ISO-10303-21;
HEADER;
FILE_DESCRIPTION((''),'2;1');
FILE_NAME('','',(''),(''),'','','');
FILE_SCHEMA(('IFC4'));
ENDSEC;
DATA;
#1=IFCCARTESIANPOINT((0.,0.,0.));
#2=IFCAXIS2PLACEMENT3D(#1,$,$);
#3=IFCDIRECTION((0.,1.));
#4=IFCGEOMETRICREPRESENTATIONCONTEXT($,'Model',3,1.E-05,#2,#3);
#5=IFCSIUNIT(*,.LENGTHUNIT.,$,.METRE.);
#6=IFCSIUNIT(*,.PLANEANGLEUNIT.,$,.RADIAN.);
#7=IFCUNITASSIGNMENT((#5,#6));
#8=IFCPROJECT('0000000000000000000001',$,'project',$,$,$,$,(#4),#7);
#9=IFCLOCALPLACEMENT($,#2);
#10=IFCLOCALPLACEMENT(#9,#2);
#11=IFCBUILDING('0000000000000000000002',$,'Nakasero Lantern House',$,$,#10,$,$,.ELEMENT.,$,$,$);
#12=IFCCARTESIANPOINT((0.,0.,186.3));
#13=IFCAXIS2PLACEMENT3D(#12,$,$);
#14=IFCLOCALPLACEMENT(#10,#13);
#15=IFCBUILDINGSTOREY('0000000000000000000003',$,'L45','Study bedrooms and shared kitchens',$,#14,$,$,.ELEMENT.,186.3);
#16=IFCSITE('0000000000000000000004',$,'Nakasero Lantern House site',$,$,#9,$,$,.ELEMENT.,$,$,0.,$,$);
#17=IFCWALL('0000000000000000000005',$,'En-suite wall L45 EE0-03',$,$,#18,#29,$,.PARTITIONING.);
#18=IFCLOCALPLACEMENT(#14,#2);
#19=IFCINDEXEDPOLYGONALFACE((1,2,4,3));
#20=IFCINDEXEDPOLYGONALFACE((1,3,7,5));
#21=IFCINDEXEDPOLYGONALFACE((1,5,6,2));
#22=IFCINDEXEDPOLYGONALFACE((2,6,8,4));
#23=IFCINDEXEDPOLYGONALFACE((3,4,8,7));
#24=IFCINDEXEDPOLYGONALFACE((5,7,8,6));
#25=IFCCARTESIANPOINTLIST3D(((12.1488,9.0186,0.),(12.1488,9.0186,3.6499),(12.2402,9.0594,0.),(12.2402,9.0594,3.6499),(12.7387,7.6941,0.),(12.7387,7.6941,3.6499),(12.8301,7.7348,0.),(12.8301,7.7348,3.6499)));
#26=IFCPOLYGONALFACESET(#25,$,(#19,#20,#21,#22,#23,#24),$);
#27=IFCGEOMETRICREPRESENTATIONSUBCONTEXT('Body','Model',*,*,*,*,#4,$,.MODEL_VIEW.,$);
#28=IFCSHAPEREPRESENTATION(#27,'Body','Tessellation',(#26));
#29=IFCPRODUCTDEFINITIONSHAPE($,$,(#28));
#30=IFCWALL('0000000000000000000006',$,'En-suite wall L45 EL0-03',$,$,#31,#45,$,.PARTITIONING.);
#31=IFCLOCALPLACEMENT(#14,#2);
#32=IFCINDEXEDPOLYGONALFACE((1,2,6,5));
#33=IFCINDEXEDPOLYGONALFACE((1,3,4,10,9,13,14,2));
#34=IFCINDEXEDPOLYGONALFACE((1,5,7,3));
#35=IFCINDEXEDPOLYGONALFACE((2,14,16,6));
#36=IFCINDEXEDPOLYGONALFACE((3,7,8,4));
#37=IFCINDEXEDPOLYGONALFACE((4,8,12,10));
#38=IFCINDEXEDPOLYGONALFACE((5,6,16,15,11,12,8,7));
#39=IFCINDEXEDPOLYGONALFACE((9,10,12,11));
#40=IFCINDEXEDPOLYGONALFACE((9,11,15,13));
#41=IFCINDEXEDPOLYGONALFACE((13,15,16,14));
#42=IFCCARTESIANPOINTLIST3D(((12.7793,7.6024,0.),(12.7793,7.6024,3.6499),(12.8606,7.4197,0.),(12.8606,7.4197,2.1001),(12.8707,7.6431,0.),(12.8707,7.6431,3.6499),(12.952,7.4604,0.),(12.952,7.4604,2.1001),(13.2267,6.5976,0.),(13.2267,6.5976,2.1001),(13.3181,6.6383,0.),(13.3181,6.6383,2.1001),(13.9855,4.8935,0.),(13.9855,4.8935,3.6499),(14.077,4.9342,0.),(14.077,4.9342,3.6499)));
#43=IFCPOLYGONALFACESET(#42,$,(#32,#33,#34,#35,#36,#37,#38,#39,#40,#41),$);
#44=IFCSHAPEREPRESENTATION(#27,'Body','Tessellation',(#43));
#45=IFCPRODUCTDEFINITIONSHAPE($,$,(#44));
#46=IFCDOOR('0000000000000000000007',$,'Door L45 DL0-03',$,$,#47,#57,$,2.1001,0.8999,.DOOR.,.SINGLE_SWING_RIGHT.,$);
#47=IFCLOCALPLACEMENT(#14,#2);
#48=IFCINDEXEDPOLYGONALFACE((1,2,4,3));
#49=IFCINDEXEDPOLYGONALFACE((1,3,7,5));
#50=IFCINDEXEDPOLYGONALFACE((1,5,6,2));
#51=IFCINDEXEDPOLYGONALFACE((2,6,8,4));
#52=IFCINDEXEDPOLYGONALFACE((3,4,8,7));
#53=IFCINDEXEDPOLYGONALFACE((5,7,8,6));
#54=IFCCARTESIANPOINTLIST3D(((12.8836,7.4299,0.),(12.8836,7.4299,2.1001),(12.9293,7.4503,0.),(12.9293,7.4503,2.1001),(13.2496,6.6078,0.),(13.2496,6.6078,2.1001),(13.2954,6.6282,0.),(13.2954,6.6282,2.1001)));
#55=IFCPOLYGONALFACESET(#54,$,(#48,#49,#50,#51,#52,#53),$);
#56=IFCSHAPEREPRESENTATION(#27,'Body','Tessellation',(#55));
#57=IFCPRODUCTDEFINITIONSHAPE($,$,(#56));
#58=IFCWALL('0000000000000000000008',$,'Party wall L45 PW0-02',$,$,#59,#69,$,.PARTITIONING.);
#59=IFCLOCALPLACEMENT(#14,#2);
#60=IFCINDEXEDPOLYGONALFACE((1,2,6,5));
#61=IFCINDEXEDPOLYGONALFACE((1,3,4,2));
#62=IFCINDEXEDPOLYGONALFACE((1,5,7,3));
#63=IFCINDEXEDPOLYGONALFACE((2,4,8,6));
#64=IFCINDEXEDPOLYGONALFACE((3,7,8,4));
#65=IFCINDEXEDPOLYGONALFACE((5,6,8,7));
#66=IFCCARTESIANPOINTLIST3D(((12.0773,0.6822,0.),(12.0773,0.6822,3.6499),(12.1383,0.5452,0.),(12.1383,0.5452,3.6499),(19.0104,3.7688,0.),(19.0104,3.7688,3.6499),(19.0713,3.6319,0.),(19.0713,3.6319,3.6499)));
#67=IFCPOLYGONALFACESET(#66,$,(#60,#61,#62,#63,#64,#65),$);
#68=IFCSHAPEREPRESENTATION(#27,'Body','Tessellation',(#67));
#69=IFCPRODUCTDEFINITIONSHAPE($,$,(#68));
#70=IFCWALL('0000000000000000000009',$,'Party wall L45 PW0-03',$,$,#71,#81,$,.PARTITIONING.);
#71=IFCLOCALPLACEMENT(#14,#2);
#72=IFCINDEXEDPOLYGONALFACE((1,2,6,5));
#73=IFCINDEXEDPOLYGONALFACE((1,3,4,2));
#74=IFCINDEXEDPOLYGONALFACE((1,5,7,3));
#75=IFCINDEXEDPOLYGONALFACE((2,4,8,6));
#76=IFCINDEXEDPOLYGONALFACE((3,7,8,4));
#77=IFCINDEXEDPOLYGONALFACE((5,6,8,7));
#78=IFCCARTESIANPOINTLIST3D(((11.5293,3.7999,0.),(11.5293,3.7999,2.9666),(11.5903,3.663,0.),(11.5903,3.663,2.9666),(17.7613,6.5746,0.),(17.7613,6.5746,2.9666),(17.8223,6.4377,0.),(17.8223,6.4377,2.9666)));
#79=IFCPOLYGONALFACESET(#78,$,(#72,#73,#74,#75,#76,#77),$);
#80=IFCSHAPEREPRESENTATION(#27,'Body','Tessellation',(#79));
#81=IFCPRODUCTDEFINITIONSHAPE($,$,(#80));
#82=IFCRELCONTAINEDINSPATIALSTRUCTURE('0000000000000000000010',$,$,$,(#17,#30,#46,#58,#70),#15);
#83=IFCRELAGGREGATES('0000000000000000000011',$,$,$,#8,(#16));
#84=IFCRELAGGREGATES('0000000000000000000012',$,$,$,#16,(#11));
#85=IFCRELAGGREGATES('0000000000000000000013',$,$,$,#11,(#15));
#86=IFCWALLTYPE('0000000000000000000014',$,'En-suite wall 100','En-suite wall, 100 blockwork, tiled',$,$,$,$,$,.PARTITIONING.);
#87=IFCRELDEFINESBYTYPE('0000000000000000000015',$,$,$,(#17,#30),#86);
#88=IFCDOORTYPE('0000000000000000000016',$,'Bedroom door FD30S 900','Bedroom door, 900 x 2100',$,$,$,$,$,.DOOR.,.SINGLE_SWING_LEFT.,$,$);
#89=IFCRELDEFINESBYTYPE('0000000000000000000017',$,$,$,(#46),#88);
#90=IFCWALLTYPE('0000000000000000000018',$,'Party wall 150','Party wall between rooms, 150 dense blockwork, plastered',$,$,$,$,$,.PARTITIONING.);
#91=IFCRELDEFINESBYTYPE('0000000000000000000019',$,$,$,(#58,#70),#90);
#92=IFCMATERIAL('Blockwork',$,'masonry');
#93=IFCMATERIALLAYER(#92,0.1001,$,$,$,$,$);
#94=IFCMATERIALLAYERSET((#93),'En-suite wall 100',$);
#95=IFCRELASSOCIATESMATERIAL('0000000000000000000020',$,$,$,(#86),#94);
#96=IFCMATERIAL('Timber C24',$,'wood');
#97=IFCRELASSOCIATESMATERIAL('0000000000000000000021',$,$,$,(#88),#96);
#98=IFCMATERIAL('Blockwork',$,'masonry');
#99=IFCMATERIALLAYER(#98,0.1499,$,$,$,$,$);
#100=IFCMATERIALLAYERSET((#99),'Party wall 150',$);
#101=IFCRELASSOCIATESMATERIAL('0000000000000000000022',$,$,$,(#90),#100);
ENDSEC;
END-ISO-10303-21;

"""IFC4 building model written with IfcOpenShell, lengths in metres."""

from ifc_helpers import new_model, si_unit, direction, frame, frame_2d, origin, place, context, subcontext, project, spatial, rectangle, extrude, material, layer, layer_set, type_object, element, fill, save


model = new_model("IFC4")

# Units and contexts
model_context = context("Model", 3, precision=1e-05, world=origin(), true_north=direction((0.0, 1.0)))
body_context = subcontext(model_context, "Body", "Model", "MODEL_VIEW")
ifc_project = project(units=[si_unit("LENGTHUNIT", "METRE"), si_unit("PLANEANGLEUNIT", "RADIAN")], contexts=[model_context])

# Site, building, storey
site_placement = place(None, origin())
site = spatial("IfcSite", under=ifc_project, at=site_placement, Name="Nakasero Lantern House site", CompositionType="ELEMENT", RefElevation=0.0)
building_placement = place(site_placement, origin())
building = spatial("IfcBuilding", under=site, at=building_placement, Name="Nakasero Lantern House", CompositionType="ELEMENT")
storey_placement = place(building_placement, frame((0.0, 0.0, 186.3)))
storey = spatial("IfcBuildingStorey", under=building, at=storey_placement, Name="L45", Description="Study bedrooms and shared kitchens", CompositionType="ELEMENT", Elevation=186.3)

# Wall
ifc_material_1 = material(Name="Blockwork", Category="masonry")
ifc_layer_1 = layer(ifc_material_1, 0.1001)
ifc_layer_set_1 = layer_set([ifc_layer_1], Name="En-suite wall 100")
wall_type_1 = type_object("IfcWallType", Name="En-suite wall 100", Description="En-suite wall, 100 blockwork, tiled", PredefinedType="PARTITIONING", material=ifc_layer_set_1)
wall_1_placement = place(storey_placement, frame((12.7844, 7.7144, 0.0), z_axis=(0.0, 0.0, 1.0), x_axis=(-0.406826, 0.913506, 0.0)))
element("IfcWall", 1, at=wall_1_placement, inside=storey, type_object=wall_type_1, Name="En-suite wall L45 EE0-03", PredefinedType="PARTITIONING", context=body_context, shape_type="SweptSolid", body=[
    extrude(rectangle(XDim=1.45, YDim=0.1001, at=frame_2d((0.7251, 0.0))), origin(), (0.0, 0.0, 1.0), 3.6499),
])

# Wall, opening, door
wall_2_placement = place(storey_placement, frame((14.0312, 4.9138, 0.0), z_axis=(0.0, 0.0, 1.0), x_axis=(-0.406788, 0.913523, 0.0)))
wall_2 = element("IfcWall", 2, at=wall_2_placement, inside=storey, type_object=wall_type_1, Name="En-suite wall L45 EL0-03", PredefinedType="PARTITIONING", context=body_context, shape_type="SweptSolid", body=[
    extrude(rectangle(XDim=2.9653, YDim=0.1001, at=frame_2d((1.4827, 0.0))), origin(), (0.0, 0.0, 1.0), 3.6499),
])
opening_1_placement = place(wall_2_placement, frame((1.8655, 0.0, 0.0)))
opening_1 = element("IfcOpeningElement", 3, at=opening_1_placement, cuts=wall_2, PredefinedType="OPENING", context=body_context, shape_type="SweptSolid", body=[
    extrude(rectangle(XDim=0.8999, YDim=2.1001, at=frame_2d((0.45, 1.05))), frame((0.0, 0.0701, 0.0), z_axis=(0.0, -1.0, 0.0), x_axis=(1.0, 0.0, 0.0)), (0.0, 0.0, 1.0), 0.1401),
])
ifc_material_2 = material(Name="Timber C24", Category="wood")
door_type_1 = type_object("IfcDoorType", Name="Bedroom door FD30S 900", Description="Bedroom door, 900 x 2100", OperationType="SINGLE_SWING_LEFT", PredefinedType="DOOR", material=ifc_material_2)
door_1_placement = place(opening_1_placement, origin())
door_1 = element("IfcDoor", 4, at=door_1_placement, inside=storey, type_object=door_type_1, Name="Door L45 DL0-03", OperationType="SINGLE_SWING_RIGHT", OverallHeight=2.1001, OverallWidth=0.8999, PredefinedType="DOOR", context=body_context, shape_type="SweptSolid", body=[
    extrude(rectangle(XDim=0.8999, YDim=2.1001, at=frame_2d((0.45, 1.05))), frame((0.0, 0.0249, 0.0), z_axis=(0.0, -1.0, 0.0), x_axis=(1.0, 0.0, 0.0)), (0.0, 0.0, 1.0), 0.05),
])
fill(opening_1, door_1)

# Walls
ifc_material_3 = material(Name="Blockwork", Category="masonry")
ifc_layer_2 = layer(ifc_material_3, 0.1499)
ifc_layer_set_2 = layer_set([ifc_layer_2], Name="Party wall 150")
wall_type_2 = type_object("IfcWallType", Name="Party wall 150", Description="Party wall between rooms, 150 dense blockwork, plastered", PredefinedType="PARTITIONING", material=ifc_layer_set_2)
wall_3_placement = place(storey_placement, frame((12.1079, 0.6138, 0.0), z_axis=(0.0, 0.0, 1.0), x_axis=(0.913553, 0.40672, 0.0)))
element("IfcWall", 5, at=wall_3_placement, inside=storey, type_object=wall_type_2, Name="Party wall L45 PW0-02", PredefinedType="PARTITIONING", context=body_context, shape_type="SweptSolid", body=[
    extrude(rectangle(XDim=7.5891, YDim=0.1499, at=frame_2d((3.7944, 0.0))), origin(), (0.0, 0.0, 1.0), 3.6499),
])
wall_4_placement = place(storey_placement, frame((11.5598, 3.7314, 0.0), z_axis=(0.0, 0.0, 1.0), x_axis=(0.913544, 0.406739, 0.0)))
element("IfcWall", 6, at=wall_4_placement, inside=storey, type_object=wall_type_2, Name="Party wall L45 PW0-03", PredefinedType="PARTITIONING", context=body_context, shape_type="SweptSolid", body=[
    extrude(rectangle(XDim=6.8218, YDim=0.1499, at=frame_2d((3.4109, 0.0))), origin(), (0.0, 0.0, 1.0), 2.9666),
])

save(model, "model.ifc")
